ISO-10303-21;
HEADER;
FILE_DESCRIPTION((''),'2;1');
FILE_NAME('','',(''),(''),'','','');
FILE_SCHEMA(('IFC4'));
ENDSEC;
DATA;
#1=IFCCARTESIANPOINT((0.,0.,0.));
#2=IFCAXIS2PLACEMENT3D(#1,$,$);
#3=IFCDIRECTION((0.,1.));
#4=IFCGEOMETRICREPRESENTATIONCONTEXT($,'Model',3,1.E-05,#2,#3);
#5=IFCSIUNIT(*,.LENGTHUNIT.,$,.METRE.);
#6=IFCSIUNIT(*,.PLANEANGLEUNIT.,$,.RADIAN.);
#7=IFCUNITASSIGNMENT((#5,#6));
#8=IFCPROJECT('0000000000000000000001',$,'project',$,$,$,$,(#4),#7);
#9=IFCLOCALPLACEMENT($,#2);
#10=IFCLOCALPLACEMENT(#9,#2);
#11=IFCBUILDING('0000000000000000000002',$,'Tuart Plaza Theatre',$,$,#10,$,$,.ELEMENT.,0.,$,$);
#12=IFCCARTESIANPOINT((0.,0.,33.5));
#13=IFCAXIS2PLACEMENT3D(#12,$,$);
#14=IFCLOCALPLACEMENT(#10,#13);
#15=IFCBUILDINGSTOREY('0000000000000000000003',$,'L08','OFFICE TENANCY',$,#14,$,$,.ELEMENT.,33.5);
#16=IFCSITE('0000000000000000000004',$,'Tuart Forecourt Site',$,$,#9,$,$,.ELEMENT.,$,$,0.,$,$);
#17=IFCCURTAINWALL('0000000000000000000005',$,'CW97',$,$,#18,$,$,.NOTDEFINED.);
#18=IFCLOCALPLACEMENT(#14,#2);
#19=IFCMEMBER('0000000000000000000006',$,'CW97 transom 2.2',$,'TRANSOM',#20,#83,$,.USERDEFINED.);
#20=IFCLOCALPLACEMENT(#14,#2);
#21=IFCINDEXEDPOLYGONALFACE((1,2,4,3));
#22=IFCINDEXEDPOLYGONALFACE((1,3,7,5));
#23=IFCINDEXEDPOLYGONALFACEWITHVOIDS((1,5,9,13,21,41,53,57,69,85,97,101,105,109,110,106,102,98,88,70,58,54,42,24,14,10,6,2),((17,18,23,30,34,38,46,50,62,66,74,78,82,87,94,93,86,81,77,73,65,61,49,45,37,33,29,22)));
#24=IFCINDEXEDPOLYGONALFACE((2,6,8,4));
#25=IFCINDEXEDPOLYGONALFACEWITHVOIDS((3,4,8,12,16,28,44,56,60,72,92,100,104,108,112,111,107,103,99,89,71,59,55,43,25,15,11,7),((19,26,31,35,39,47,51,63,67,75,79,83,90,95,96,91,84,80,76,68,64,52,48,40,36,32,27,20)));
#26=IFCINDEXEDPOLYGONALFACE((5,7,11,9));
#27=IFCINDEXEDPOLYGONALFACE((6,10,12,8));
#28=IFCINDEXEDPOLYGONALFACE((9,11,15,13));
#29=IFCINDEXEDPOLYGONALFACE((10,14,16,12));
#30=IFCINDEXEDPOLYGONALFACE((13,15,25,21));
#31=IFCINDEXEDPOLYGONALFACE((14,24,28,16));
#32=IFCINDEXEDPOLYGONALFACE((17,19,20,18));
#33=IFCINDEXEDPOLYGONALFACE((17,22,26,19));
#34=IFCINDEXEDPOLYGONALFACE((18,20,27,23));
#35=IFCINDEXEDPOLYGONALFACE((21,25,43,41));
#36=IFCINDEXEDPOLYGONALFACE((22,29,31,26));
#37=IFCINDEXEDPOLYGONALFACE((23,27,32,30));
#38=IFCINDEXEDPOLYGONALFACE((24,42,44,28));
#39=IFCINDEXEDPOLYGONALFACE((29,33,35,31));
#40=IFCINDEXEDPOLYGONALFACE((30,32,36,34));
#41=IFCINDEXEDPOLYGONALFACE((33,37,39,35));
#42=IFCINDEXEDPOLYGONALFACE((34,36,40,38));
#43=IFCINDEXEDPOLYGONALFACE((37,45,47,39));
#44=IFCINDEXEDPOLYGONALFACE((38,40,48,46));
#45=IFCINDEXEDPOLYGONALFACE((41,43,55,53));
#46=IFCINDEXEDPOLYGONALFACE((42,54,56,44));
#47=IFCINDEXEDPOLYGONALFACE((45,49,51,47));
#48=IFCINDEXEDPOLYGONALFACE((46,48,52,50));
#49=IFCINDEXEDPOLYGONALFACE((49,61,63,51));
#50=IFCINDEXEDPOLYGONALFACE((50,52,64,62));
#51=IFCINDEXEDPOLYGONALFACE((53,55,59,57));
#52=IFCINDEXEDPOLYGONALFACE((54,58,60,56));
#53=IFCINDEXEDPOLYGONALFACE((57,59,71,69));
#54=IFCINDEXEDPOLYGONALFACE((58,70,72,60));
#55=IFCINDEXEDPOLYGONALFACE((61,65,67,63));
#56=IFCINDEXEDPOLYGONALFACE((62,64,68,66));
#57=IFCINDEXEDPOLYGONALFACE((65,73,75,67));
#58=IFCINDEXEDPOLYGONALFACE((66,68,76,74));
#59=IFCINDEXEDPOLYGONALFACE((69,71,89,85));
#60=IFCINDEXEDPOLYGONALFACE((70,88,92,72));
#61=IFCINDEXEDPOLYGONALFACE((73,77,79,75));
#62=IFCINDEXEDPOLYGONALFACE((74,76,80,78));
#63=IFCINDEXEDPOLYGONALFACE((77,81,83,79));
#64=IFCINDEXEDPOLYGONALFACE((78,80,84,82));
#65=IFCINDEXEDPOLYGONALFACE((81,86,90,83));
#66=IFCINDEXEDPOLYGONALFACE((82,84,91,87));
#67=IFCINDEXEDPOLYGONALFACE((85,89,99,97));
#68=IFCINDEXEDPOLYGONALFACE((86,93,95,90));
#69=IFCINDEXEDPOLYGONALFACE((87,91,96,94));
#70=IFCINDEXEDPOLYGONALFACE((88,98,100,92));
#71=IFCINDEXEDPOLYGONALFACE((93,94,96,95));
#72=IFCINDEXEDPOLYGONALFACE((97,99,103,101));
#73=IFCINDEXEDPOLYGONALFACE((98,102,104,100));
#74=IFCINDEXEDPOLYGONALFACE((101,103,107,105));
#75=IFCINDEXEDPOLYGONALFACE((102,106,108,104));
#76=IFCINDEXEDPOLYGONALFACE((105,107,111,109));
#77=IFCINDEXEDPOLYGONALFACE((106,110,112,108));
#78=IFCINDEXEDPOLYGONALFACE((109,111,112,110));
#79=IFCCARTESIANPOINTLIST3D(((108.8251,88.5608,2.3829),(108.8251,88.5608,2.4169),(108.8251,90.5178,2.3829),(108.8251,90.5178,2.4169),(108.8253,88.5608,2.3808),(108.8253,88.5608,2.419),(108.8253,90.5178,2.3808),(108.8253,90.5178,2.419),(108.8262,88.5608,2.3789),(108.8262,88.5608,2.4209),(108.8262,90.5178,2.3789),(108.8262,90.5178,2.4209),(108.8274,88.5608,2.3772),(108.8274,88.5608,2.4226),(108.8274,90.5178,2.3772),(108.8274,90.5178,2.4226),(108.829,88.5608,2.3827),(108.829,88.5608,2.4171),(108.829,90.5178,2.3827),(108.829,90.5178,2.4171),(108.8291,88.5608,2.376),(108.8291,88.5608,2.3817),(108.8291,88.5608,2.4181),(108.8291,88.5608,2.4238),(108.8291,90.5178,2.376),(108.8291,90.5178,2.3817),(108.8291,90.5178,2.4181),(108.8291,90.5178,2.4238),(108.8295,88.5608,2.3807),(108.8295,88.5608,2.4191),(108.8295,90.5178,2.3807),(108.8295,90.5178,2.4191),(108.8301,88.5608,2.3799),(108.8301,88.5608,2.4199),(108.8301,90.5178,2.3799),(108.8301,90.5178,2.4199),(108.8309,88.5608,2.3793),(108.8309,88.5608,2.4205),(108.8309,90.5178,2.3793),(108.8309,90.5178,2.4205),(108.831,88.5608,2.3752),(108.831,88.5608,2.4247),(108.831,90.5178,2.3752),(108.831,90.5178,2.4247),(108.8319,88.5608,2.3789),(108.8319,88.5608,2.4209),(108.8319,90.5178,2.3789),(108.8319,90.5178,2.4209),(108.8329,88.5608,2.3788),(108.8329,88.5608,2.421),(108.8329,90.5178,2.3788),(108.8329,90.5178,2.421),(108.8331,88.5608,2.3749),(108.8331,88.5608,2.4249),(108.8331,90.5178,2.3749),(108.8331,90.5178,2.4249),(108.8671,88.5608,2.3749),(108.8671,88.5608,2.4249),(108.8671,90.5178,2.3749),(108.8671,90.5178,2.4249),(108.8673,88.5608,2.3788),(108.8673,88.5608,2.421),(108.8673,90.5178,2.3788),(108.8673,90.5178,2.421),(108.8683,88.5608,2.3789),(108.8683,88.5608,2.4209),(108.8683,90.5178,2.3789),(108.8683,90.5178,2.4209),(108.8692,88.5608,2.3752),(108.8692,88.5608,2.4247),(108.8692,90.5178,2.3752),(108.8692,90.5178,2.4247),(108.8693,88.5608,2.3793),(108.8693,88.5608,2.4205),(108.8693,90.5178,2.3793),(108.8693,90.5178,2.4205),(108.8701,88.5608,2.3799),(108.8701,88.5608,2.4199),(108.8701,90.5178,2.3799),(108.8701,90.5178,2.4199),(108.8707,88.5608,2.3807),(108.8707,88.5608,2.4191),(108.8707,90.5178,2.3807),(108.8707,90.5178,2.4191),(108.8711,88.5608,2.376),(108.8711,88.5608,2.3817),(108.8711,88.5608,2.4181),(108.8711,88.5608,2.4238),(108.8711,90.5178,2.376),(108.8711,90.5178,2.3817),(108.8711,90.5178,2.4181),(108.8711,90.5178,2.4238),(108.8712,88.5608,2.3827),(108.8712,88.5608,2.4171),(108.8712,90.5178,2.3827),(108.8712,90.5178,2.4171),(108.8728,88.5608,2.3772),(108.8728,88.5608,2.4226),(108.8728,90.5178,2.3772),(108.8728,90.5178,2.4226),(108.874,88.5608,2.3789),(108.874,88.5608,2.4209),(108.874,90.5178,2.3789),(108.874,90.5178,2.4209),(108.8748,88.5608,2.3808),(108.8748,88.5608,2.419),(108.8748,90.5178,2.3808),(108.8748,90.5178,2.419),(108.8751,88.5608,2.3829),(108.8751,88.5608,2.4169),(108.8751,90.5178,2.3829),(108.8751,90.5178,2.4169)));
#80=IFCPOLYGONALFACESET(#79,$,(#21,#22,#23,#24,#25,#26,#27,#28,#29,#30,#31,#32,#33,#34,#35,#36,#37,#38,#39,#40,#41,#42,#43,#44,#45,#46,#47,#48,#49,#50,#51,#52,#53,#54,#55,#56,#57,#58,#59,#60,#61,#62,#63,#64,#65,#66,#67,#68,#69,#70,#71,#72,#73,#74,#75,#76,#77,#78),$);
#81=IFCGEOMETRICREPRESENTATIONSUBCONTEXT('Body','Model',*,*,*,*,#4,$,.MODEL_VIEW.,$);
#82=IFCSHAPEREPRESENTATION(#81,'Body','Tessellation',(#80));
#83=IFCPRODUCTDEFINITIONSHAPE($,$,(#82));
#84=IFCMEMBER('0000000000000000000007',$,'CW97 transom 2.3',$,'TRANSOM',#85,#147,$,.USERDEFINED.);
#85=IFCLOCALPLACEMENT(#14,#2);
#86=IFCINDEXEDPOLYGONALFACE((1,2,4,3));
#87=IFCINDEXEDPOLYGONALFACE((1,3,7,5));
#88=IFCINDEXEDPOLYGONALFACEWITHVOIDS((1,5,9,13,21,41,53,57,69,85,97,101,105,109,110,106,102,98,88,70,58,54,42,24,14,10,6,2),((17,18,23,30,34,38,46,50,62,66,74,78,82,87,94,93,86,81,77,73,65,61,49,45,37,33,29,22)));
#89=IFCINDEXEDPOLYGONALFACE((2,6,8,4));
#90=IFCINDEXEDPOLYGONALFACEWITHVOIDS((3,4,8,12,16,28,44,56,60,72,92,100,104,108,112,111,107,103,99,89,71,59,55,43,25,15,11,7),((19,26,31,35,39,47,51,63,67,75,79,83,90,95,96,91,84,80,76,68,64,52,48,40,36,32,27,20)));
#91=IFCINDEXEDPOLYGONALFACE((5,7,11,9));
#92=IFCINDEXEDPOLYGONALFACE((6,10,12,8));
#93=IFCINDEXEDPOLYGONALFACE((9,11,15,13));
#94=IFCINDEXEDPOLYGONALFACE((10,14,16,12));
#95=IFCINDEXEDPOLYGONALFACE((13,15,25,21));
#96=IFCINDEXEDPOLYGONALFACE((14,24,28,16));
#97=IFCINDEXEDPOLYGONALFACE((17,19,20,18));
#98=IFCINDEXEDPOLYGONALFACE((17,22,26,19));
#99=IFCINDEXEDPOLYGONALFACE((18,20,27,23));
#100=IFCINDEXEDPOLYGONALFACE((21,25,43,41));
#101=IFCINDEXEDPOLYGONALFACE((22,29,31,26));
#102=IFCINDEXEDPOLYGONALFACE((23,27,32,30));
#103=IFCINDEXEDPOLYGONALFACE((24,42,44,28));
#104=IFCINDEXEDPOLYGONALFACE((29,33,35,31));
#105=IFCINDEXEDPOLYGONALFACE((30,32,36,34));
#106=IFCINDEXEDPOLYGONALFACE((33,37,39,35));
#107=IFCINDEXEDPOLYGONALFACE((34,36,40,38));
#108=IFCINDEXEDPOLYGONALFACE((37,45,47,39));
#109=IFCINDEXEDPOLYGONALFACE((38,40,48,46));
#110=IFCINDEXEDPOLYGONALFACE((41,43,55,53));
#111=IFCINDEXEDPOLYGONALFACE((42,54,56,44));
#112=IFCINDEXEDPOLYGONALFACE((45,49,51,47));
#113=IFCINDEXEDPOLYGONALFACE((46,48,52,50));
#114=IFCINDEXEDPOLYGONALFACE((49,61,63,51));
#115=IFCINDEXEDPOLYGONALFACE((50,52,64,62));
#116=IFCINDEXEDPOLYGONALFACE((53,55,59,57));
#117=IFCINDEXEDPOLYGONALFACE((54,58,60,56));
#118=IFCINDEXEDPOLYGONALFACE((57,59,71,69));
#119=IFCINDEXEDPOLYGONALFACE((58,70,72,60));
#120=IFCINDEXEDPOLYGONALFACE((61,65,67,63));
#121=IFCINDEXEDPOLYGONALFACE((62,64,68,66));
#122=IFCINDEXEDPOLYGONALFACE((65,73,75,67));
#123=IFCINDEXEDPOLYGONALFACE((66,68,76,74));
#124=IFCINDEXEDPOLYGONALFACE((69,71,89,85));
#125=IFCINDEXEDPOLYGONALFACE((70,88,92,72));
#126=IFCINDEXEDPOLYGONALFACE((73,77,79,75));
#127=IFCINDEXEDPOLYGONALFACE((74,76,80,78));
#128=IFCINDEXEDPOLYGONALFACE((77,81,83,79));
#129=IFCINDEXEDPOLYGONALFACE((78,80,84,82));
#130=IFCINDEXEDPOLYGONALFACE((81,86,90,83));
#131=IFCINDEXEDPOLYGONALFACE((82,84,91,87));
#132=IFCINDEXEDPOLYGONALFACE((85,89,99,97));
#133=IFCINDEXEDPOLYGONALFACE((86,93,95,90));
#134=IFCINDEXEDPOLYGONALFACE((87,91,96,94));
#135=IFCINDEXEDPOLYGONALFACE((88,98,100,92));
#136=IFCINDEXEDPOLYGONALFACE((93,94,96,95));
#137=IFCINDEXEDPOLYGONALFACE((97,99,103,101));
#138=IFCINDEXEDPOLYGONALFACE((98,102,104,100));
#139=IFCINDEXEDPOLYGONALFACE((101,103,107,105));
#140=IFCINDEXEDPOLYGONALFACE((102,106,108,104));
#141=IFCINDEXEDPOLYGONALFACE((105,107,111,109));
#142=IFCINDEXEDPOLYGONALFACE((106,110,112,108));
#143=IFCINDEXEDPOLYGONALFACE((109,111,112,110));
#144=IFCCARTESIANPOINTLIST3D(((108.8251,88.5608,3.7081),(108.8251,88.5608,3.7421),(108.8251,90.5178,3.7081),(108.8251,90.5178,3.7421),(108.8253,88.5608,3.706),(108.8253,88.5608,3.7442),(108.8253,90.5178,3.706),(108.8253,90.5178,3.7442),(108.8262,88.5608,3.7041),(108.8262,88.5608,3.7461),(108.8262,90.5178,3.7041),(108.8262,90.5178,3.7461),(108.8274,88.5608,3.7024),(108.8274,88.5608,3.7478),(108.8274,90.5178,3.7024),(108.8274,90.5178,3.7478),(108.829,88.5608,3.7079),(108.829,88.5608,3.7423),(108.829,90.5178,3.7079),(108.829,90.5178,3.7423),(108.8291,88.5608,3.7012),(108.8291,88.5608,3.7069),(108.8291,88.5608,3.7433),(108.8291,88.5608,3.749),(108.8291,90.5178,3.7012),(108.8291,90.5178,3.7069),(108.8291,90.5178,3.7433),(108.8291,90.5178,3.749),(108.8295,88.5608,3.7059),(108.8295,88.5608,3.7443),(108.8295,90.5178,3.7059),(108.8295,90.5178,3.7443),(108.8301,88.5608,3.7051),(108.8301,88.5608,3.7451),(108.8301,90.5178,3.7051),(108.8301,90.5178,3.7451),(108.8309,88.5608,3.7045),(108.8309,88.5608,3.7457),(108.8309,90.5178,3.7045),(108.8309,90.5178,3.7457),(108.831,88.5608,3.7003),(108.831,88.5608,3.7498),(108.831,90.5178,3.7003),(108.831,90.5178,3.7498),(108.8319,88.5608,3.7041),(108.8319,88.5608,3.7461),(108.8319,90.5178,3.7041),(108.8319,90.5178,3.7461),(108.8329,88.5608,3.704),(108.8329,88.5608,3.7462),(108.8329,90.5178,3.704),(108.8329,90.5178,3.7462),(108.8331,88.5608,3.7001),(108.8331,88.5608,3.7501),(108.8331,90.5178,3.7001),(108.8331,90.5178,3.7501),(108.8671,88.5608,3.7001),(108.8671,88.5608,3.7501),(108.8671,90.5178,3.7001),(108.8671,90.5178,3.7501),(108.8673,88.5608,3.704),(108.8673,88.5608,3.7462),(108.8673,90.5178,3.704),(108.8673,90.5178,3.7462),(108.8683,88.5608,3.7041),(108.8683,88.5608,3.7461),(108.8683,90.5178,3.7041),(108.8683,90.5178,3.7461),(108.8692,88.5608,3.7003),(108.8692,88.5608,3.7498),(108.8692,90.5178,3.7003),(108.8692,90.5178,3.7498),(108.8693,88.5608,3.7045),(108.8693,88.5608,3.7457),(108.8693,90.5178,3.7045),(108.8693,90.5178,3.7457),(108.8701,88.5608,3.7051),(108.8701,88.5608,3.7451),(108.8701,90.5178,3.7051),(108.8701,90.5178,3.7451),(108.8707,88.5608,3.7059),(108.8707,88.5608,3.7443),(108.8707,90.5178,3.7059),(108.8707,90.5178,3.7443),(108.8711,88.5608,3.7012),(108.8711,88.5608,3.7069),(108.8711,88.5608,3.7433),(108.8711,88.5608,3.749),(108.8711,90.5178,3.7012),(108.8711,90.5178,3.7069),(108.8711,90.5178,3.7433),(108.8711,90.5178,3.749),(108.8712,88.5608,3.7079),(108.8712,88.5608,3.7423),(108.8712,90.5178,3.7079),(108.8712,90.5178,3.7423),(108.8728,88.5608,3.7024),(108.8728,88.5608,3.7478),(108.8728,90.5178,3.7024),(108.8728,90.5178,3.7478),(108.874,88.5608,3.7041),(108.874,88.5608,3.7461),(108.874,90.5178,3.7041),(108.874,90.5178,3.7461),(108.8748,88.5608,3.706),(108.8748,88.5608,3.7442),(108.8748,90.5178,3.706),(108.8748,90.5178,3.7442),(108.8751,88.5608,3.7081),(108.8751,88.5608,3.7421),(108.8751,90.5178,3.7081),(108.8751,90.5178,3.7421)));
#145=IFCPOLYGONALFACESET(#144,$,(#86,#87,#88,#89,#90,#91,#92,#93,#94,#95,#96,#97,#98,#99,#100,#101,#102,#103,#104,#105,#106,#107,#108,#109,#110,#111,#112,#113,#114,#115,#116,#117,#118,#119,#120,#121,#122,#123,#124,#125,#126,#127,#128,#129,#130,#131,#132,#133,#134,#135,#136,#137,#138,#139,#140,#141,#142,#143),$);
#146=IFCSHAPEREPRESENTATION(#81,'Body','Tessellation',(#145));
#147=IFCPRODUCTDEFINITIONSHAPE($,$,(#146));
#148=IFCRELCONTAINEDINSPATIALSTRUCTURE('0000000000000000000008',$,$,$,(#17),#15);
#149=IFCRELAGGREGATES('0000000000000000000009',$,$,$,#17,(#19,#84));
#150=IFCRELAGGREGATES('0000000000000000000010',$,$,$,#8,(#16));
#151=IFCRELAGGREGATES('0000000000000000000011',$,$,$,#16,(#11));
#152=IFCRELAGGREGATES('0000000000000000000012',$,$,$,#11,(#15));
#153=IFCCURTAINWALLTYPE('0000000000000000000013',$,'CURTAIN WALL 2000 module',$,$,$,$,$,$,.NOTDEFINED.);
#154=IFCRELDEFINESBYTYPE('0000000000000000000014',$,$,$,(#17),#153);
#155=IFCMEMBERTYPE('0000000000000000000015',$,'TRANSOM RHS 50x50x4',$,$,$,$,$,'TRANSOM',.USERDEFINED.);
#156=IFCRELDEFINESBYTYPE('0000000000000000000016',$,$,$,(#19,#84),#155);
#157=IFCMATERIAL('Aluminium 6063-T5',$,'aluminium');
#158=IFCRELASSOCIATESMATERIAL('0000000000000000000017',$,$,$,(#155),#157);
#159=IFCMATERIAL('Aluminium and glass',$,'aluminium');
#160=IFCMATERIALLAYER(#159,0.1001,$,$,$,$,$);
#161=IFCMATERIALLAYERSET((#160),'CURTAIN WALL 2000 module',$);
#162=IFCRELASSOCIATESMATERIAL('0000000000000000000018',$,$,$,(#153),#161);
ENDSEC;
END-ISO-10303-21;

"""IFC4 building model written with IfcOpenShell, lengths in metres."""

from ifc_helpers import new_model, si_unit, direction, frame, origin, origin_2d, place, context, subcontext, project, spatial, hollow_rectangle, extrude, material, layer, layer_set, material_profile, profile_set, type_object, element, aggregate, save


model = new_model("IFC4")

# Units and contexts
model_context = context("Model", 3, precision=1e-05, world=origin(), true_north=direction((0.0, 1.0)))
body_context = subcontext(model_context, "Body", "Model", "MODEL_VIEW")
ifc_project = project(units=[si_unit("LENGTHUNIT", "METRE"), si_unit("PLANEANGLEUNIT", "RADIAN")], contexts=[model_context])

# Site, building, storey
site_placement = place(None, origin())
site = spatial("IfcSite", under=ifc_project, at=site_placement, Name="Tuart Forecourt Site", CompositionType="ELEMENT", RefElevation=0.0)
building_placement = place(site_placement, origin())
building = spatial("IfcBuilding", under=site, at=building_placement, Name="Tuart Plaza Theatre", CompositionType="ELEMENT", ElevationOfRefHeight=0.0)
storey_placement = place(building_placement, frame((0.0, 0.0, 33.5)))
storey = spatial("IfcBuildingStorey", under=building, at=storey_placement, Name="L08", Description="OFFICE TENANCY", CompositionType="ELEMENT", Elevation=33.5)

# Curtain wall, members
ifc_material_1 = material(Name="Aluminium 6063-T5", Category="aluminium")
ifc_material_profile_1 = material_profile(ifc_material_1, hollow_rectangle(XDim=0.05, YDim=0.05, WallThickness=0.0039, InnerFilletRadius=0.0039, OuterFilletRadius=0.0081, at=origin_2d()), Name="RHS 50x50x4")
ifc_profile_set_1 = profile_set([ifc_material_profile_1], Name="Aluminium 6063-T5")
member_type_1 = type_object("IfcMemberType", Name="TRANSOM RHS 50x50x4", ElementType="TRANSOM", PredefinedType="USERDEFINED", material=ifc_profile_set_1)
ifc_material_2 = material(Name="Aluminium and glass", Category="aluminium")
ifc_layer_1 = layer(ifc_material_2, 0.1001)
ifc_layer_set_1 = layer_set([ifc_layer_1], Name="CURTAIN WALL 2000 module")
curtain_wall_type_1 = type_object("IfcCurtainWallType", Name="CURTAIN WALL 2000 module", PredefinedType="NOTDEFINED", material=ifc_layer_set_1)
curtain_wall_1_placement = place(storey_placement, origin())
curtain_wall_1 = element("IfcCurtainWall", 1, at=curtain_wall_1_placement, inside=storey, type_object=curtain_wall_type_1, Name="CW97", PredefinedType="NOTDEFINED")
member_1_placement = place(storey_placement, frame((108.8501, 90.5178, 2.3999), z_axis=(0.0, -1.0, 0.0), x_axis=(1.0, 0.0, 0.0)))
member_1 = element("IfcMember", 2, at=member_1_placement, type_object=member_type_1, Name="CW97 transom 2.2", ObjectType="TRANSOM", PredefinedType="USERDEFINED", context=body_context, shape_type="SweptSolid", body=[
    extrude(hollow_rectangle(XDim=0.05, YDim=0.05, WallThickness=0.0039, InnerFilletRadius=0.0039, OuterFilletRadius=0.0081, at=origin_2d()), origin(), (0.0, 0.0, 1.0), 1.957),
])
member_2_placement = place(storey_placement, frame((108.8501, 90.5178, 3.7251), z_axis=(0.0, -1.0, 0.0), x_axis=(1.0, 0.0, 0.0)))
member_2 = element("IfcMember", 3, at=member_2_placement, type_object=member_type_1, Name="CW97 transom 2.3", ObjectType="TRANSOM", PredefinedType="USERDEFINED", context=body_context, shape_type="SweptSolid", body=[
    extrude(hollow_rectangle(XDim=0.05, YDim=0.05, WallThickness=0.0039, InnerFilletRadius=0.0039, OuterFilletRadius=0.0081, at=origin_2d()), origin(), (0.0, 0.0, 1.0), 1.957),
])

aggregate(curtain_wall_1, [member_1, member_2])

save(model, "model.ifc")
